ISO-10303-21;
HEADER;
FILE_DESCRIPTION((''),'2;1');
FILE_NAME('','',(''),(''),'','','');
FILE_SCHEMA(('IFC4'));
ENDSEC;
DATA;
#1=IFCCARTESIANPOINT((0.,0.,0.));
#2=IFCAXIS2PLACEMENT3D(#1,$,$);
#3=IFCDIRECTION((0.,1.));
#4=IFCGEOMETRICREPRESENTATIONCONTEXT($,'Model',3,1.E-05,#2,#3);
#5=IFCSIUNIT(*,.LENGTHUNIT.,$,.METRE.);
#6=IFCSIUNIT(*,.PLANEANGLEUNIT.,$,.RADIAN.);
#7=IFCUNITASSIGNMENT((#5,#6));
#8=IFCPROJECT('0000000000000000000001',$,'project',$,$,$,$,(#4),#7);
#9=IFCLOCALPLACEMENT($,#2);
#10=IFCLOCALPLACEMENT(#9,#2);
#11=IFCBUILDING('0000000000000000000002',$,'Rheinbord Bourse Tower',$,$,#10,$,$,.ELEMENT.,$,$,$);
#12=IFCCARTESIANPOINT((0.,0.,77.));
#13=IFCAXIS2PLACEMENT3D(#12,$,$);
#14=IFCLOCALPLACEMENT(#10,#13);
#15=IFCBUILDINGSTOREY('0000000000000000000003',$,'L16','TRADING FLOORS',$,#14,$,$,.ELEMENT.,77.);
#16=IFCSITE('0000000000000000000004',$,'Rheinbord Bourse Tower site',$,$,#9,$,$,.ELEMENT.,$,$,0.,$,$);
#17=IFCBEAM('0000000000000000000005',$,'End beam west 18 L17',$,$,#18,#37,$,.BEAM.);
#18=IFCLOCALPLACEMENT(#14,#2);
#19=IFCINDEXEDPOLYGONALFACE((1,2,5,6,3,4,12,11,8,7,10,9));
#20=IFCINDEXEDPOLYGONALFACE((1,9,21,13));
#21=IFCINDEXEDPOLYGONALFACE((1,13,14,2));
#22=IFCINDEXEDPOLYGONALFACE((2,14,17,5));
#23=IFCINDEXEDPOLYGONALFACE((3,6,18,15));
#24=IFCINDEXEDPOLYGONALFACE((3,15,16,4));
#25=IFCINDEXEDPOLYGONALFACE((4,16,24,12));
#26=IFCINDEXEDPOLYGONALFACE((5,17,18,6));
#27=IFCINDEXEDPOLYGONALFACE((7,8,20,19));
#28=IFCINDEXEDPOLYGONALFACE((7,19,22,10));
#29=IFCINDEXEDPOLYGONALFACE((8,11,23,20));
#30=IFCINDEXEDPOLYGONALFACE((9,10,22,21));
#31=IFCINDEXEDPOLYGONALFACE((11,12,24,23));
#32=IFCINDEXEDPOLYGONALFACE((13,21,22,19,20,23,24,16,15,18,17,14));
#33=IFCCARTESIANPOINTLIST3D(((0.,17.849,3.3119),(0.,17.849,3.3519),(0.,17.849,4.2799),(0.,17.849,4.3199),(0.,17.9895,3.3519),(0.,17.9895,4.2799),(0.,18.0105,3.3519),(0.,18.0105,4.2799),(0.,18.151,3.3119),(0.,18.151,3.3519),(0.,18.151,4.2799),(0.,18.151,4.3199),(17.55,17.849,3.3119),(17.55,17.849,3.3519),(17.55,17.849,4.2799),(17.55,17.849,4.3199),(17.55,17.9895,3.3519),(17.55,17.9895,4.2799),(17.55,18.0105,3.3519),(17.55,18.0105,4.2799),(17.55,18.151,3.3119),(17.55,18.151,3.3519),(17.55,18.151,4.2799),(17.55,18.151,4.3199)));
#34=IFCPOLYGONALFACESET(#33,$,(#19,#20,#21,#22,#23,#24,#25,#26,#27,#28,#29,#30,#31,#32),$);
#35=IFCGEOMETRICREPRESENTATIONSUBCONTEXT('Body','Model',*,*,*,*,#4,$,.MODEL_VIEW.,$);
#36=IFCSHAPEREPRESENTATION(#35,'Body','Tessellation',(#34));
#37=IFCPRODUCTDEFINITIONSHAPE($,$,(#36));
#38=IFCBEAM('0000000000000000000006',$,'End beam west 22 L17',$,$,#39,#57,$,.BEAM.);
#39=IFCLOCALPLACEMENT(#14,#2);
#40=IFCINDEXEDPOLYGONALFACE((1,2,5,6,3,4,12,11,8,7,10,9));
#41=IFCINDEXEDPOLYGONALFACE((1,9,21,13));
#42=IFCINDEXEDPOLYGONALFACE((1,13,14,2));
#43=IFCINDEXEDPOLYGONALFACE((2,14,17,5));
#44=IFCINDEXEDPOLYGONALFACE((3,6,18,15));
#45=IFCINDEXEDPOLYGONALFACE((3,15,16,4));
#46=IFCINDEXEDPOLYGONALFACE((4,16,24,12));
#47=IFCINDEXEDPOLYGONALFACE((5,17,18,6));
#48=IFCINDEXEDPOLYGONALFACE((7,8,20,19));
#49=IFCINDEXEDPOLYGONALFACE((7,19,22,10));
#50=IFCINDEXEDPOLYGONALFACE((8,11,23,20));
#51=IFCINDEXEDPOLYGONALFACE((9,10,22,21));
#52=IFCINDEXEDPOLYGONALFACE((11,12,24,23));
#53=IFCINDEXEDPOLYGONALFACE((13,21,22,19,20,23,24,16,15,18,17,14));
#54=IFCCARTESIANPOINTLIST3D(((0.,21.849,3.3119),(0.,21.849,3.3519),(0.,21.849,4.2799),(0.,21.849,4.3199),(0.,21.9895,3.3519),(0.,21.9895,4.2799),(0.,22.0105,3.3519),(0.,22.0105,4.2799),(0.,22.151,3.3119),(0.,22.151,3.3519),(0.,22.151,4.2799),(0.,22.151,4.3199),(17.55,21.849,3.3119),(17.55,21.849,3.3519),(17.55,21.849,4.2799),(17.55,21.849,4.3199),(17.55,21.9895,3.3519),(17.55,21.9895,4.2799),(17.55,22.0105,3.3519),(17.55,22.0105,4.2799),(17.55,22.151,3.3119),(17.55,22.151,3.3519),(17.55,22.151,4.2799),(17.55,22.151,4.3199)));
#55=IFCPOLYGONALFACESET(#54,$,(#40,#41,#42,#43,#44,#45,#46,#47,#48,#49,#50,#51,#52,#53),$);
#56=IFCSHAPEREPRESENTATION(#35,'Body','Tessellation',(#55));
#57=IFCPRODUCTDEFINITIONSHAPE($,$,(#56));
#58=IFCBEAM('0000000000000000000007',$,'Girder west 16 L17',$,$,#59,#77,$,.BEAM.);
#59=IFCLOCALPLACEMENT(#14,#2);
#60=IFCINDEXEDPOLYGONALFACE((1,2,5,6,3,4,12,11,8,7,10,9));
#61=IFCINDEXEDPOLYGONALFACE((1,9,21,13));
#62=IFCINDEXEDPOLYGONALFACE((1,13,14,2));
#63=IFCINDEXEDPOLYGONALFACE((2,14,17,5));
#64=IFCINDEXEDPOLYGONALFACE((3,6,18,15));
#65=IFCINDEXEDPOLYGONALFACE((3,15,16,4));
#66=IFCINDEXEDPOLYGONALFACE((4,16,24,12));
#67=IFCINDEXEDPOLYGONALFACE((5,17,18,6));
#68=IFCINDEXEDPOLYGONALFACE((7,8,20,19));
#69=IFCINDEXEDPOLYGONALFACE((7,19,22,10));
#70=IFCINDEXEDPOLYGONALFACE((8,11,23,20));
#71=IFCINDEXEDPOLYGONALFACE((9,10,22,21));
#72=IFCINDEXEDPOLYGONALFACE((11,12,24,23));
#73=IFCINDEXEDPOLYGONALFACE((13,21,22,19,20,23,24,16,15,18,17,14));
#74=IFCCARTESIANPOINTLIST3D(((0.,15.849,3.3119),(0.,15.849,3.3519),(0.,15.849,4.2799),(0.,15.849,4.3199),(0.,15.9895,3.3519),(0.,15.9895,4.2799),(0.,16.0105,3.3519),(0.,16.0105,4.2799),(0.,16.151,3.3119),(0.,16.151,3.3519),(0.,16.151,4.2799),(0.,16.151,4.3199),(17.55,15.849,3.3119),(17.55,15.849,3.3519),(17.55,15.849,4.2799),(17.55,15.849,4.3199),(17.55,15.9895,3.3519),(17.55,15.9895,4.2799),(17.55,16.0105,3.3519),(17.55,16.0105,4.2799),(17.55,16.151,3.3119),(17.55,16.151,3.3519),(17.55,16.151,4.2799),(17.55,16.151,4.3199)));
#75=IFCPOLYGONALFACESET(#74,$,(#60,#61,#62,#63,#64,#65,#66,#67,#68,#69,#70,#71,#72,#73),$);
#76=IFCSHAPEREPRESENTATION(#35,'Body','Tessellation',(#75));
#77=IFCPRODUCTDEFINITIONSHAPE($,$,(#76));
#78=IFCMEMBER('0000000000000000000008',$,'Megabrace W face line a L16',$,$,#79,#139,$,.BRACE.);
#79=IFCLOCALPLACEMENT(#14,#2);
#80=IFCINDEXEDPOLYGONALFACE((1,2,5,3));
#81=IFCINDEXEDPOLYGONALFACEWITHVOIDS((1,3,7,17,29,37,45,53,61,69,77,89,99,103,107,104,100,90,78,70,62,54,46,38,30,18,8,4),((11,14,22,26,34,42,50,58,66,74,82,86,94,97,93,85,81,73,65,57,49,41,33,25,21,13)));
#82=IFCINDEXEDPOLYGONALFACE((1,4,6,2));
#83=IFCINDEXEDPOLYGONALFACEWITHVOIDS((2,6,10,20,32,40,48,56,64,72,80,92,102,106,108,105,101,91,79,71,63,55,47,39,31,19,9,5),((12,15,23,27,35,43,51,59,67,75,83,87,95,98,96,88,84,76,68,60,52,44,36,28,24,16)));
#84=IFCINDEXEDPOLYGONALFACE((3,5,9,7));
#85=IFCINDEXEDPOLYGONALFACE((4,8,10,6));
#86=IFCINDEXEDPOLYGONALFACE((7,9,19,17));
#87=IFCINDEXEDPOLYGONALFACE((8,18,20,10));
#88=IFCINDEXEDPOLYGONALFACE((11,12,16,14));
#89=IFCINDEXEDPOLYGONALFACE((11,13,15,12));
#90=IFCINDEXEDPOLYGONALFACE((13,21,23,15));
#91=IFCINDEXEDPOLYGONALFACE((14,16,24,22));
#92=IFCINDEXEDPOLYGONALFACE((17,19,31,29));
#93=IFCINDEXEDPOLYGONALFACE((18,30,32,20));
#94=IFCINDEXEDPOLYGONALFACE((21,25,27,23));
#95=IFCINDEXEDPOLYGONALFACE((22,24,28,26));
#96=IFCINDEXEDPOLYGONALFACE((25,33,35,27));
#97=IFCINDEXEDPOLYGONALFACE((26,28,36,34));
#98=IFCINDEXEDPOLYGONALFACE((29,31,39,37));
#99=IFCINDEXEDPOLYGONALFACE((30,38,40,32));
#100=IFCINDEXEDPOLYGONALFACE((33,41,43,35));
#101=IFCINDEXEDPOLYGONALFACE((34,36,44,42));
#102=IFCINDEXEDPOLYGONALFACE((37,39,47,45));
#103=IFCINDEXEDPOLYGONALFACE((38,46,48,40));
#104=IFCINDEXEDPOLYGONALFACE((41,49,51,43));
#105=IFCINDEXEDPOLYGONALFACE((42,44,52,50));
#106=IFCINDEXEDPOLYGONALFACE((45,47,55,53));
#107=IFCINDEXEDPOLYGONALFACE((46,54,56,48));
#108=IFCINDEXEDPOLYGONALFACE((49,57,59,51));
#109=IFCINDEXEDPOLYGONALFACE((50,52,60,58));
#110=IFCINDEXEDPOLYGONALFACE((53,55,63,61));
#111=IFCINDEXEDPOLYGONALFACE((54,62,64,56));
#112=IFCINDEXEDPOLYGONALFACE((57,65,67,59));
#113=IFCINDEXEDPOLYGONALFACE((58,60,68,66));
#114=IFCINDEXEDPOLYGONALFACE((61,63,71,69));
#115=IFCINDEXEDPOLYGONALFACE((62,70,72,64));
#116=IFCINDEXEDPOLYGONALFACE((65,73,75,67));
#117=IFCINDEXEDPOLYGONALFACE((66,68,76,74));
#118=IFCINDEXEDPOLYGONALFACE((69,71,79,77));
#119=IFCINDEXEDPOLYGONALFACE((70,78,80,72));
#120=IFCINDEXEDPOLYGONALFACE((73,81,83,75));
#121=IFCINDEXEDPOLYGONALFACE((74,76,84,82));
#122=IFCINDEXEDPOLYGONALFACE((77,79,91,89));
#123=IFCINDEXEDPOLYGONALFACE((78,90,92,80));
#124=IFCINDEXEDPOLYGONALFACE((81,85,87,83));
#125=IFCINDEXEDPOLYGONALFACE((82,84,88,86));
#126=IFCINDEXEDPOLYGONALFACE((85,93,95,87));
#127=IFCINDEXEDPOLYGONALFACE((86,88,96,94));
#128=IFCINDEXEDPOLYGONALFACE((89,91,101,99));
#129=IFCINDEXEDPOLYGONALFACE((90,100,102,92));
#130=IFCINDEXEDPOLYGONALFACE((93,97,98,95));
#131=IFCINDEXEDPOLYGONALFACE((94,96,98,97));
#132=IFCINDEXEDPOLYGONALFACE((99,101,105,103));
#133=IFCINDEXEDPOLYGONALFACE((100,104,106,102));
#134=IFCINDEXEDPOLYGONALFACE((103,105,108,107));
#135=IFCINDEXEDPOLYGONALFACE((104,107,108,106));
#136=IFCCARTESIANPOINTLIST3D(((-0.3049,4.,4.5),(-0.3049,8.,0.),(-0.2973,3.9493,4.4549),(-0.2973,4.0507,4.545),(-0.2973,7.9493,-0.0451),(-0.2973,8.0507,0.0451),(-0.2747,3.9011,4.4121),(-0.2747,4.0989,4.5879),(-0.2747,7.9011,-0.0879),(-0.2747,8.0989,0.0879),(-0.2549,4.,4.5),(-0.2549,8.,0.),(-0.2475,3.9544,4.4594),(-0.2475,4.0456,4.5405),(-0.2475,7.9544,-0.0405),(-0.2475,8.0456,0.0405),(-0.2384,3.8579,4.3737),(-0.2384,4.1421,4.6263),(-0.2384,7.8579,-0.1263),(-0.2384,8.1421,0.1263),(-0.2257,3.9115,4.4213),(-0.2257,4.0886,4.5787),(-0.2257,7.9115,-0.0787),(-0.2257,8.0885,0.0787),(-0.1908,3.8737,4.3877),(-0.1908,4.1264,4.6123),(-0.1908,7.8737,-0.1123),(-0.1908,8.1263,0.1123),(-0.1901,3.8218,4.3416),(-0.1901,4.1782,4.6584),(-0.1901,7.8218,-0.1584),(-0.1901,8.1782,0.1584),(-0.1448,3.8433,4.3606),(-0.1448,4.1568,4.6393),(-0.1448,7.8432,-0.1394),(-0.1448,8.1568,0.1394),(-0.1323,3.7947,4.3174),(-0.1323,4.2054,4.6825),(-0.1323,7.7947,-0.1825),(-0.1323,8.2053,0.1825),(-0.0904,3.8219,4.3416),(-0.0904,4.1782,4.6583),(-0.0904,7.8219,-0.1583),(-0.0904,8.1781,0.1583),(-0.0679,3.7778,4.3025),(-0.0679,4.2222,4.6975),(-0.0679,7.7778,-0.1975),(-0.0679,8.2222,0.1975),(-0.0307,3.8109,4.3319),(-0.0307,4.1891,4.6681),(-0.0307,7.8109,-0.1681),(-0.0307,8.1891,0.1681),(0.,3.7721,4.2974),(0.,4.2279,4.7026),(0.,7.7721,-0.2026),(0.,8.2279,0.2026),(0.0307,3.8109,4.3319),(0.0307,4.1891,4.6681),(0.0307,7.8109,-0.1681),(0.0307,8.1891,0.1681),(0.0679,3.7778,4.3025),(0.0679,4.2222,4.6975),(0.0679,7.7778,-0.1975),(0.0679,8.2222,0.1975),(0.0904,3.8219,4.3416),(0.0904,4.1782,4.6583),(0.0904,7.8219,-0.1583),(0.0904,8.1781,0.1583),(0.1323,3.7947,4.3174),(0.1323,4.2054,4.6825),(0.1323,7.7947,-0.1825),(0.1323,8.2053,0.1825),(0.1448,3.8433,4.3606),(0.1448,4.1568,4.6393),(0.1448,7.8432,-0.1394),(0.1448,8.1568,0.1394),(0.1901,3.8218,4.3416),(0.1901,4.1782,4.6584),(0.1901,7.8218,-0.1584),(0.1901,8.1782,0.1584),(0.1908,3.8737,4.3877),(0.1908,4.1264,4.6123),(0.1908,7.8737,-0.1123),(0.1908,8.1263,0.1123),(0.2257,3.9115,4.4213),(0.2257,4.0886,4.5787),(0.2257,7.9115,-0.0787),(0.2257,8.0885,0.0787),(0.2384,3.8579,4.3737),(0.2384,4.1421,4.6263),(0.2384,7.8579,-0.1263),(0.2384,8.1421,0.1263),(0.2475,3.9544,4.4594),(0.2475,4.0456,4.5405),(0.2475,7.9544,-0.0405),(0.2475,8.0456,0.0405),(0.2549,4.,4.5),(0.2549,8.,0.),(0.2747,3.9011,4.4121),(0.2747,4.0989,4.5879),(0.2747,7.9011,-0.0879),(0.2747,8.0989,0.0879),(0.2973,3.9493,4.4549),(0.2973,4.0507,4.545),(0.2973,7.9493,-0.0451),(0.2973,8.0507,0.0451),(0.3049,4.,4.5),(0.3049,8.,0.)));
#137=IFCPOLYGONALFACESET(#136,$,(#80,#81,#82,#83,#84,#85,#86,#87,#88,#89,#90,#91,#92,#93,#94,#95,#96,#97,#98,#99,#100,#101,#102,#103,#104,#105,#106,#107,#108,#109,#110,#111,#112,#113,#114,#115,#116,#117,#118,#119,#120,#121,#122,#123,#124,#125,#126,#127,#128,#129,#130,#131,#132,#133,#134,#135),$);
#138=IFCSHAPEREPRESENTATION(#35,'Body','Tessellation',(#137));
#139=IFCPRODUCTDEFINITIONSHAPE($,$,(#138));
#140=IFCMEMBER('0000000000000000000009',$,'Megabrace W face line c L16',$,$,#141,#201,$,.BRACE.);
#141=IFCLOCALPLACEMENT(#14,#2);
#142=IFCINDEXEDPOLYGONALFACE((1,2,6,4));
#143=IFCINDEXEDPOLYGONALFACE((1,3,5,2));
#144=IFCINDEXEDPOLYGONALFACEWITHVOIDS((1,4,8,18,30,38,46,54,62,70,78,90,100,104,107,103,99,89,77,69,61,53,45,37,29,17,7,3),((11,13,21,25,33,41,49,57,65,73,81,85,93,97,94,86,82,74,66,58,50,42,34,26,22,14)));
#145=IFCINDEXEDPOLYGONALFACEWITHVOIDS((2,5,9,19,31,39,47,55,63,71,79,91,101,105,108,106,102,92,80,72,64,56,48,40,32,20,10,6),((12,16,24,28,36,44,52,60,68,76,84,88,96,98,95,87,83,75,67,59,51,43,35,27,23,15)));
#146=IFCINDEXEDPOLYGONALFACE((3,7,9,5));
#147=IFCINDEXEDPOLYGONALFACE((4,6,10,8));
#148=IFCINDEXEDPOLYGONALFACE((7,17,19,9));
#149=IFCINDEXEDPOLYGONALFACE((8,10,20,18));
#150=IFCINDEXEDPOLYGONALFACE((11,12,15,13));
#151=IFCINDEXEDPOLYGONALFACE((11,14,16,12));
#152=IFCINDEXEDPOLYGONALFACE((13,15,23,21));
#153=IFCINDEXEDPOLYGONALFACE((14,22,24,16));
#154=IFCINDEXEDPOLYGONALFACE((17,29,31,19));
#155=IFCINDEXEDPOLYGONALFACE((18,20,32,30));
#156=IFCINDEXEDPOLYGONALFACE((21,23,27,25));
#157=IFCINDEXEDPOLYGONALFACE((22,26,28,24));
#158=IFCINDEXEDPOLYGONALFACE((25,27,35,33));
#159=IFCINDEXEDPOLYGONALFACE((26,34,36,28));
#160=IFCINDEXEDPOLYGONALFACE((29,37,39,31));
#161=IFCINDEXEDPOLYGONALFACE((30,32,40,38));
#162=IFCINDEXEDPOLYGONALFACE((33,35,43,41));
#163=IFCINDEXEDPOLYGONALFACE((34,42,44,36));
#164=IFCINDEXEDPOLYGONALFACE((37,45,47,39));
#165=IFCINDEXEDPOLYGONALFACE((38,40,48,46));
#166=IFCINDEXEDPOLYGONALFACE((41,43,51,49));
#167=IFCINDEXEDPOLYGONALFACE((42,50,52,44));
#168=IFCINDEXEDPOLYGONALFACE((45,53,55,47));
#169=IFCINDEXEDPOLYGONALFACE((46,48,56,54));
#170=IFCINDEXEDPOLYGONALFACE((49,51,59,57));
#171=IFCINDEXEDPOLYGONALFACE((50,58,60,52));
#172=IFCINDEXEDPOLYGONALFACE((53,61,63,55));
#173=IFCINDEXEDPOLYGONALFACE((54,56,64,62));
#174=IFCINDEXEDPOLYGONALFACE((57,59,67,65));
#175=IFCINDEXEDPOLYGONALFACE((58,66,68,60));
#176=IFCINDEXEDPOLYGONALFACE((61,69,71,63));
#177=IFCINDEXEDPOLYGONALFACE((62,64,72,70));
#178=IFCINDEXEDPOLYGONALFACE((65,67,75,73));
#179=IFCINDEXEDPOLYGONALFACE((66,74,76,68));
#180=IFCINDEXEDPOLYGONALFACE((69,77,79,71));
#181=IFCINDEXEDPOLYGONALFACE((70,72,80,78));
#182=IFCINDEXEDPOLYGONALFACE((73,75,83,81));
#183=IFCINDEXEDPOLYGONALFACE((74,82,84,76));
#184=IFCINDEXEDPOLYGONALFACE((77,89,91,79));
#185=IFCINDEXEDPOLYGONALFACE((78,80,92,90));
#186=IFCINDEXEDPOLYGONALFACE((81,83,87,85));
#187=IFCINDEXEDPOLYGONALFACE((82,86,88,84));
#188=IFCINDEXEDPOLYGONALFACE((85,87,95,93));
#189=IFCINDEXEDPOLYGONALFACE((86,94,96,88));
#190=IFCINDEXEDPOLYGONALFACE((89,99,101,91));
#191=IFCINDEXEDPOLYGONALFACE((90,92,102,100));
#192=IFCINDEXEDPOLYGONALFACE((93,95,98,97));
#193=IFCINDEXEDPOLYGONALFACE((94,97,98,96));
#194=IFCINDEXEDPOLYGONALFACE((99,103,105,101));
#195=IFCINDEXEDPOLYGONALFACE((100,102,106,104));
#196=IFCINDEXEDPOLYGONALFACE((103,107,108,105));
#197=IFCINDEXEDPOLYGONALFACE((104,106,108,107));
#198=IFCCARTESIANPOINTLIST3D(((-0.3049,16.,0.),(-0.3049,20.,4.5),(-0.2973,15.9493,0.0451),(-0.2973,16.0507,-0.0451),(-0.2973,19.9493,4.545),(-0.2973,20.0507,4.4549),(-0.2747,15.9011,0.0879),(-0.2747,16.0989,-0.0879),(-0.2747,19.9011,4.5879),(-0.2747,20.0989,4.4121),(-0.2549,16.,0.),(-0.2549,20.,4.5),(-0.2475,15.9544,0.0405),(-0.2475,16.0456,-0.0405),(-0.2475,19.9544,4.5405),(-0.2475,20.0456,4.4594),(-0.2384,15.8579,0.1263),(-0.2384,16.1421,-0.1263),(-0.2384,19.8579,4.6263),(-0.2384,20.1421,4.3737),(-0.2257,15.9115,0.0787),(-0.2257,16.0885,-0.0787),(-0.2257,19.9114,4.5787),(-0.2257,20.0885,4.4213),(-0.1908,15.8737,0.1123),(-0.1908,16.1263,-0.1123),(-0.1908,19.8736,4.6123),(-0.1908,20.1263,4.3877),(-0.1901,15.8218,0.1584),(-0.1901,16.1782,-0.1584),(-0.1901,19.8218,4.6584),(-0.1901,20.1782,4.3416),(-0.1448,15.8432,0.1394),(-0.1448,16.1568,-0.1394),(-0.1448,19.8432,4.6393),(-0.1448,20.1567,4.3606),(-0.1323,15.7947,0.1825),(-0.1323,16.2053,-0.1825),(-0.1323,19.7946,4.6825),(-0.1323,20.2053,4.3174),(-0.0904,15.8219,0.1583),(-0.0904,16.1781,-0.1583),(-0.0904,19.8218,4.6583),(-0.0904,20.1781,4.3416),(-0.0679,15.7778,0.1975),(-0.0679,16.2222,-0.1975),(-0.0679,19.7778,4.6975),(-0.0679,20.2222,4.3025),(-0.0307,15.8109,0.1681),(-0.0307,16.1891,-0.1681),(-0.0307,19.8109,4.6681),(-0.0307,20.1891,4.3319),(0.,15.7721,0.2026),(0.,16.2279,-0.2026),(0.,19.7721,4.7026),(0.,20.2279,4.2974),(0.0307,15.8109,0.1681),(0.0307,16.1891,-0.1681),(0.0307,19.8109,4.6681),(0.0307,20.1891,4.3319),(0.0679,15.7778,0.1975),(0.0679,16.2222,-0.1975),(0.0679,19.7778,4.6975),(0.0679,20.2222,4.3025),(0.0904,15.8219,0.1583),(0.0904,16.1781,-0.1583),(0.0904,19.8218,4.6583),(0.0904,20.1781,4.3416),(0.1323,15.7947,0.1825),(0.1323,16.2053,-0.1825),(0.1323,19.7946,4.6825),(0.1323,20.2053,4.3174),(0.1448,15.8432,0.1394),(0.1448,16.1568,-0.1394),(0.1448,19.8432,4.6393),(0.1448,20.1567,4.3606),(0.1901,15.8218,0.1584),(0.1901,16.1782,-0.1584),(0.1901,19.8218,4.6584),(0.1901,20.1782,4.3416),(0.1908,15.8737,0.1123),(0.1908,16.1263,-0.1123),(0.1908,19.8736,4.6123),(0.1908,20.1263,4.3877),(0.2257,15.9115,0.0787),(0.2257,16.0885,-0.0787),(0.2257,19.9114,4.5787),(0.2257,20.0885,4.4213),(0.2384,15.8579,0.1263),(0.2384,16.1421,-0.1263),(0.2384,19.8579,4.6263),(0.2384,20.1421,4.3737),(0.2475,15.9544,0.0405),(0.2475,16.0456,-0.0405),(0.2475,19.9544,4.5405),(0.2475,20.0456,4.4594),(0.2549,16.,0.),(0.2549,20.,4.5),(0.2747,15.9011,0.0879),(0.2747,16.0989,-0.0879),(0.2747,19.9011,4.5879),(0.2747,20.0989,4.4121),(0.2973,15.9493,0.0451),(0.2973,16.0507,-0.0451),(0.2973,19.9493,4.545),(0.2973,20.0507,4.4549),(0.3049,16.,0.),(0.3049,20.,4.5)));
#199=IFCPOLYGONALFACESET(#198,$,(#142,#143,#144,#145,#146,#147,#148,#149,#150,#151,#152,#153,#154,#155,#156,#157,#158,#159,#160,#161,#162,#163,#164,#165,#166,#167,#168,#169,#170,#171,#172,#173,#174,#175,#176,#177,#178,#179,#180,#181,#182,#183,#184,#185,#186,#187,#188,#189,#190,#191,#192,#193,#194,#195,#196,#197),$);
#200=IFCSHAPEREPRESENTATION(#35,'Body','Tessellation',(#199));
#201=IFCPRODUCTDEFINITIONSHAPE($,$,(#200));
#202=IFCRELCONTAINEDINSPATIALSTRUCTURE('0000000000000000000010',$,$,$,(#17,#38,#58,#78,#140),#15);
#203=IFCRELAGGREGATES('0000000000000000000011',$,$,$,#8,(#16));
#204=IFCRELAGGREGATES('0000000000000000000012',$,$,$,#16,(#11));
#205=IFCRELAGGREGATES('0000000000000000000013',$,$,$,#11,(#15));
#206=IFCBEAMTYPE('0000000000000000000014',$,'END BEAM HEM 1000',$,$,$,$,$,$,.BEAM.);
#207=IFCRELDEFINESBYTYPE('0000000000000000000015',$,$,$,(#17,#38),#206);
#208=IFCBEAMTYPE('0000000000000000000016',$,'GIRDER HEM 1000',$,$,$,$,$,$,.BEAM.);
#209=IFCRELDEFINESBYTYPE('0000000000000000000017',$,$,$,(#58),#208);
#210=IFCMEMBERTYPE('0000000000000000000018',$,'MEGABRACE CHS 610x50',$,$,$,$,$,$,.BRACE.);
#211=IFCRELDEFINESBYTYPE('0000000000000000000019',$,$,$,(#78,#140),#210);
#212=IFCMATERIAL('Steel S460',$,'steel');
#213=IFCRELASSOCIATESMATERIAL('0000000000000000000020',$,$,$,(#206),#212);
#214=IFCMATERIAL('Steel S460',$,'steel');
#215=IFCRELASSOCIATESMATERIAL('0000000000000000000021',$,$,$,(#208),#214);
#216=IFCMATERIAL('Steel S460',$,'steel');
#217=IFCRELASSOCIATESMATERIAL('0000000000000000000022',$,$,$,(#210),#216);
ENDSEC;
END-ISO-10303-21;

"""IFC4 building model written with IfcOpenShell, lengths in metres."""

from ifc_helpers import new_model, si_unit, direction, frame, origin, origin_2d, place, context, subcontext, project, spatial, hollow_circle, i_section, extrude, material, material_profile, profile_set, type_object, element, save


model = new_model("IFC4")

# Units and contexts
model_context = context("Model", 3, precision=1e-05, world=origin(), true_north=direction((0.0, 1.0)))
body_context = subcontext(model_context, "Body", "Model", "MODEL_VIEW")
ifc_project = project(units=[si_unit("LENGTHUNIT", "METRE"), si_unit("PLANEANGLEUNIT", "RADIAN")], contexts=[model_context])

# Site, building, storey
site_placement = place(None, origin())
site = spatial("IfcSite", under=ifc_project, at=site_placement, Name="Rheinbord Bourse Tower site", CompositionType="ELEMENT", RefElevation=0.0)
building_placement = place(site_placement, origin())
building = spatial("IfcBuilding", under=site, at=building_placement, Name="Rheinbord Bourse Tower", CompositionType="ELEMENT")
storey_placement = place(building_placement, frame((0.0, 0.0, 77.0)))
storey = spatial("IfcBuildingStorey", under=building, at=storey_placement, Name="L16", Description="TRADING FLOORS", CompositionType="ELEMENT", Elevation=77.0)

# Beams
ifc_material_1 = material(Name="Steel S460", Category="steel")
ifc_material_profile_1 = material_profile(ifc_material_1, i_section(OverallWidth=0.302, OverallDepth=1.0081, WebThickness=0.021, FlangeThickness=0.04, at=origin_2d()), Name="HEM 1000")
ifc_profile_set_1 = profile_set([ifc_material_profile_1], Name="Steel S460")
beam_type_1 = type_object("IfcBeamType", Name="END BEAM HEM 1000", PredefinedType="BEAM", material=ifc_profile_set_1)
for number, where, z_axis, x_axis, name in (
    (1, (0.0, 18.0, 3.8159), (1.0, 0.0, 0.0), (0.0, 1.0, 0.0), "End beam west 18 L17"),
    (2, (0.0, 22.0, 3.8159), (1.0, 0.0, 0.0), (0.0, 1.0, 0.0), "End beam west 22 L17"),
):
    element("IfcBeam", number, at=place(storey_placement, frame(where, z_axis=z_axis, x_axis=x_axis)), inside=storey, type_object=beam_type_1, Name=name, PredefinedType="BEAM", context=body_context, shape_type="SweptSolid", body=[
        extrude(i_section(OverallWidth=0.302, OverallDepth=1.0081, WebThickness=0.021, FlangeThickness=0.04, at=origin_2d()), origin(), (0.0, 0.0, 1.0), 17.55),
    ])
ifc_material_2 = material(Name="Steel S460", Category="steel")
ifc_material_profile_2 = material_profile(ifc_material_2, i_section(OverallWidth=0.302, OverallDepth=1.0081, WebThickness=0.021, FlangeThickness=0.04, at=origin_2d()), Name="HEM 1000")
ifc_profile_set_2 = profile_set([ifc_material_profile_2], Name="Steel S460")
beam_type_2 = type_object("IfcBeamType", Name="GIRDER HEM 1000", PredefinedType="BEAM", material=ifc_profile_set_2)
beam_1_placement = place(storey_placement, frame((0.0, 16.0, 3.8159), z_axis=(1.0, 0.0, 0.0), x_axis=(0.0, 1.0, 0.0)))
element("IfcBeam", 3, at=beam_1_placement, inside=storey, type_object=beam_type_2, Name="Girder west 16 L17", PredefinedType="BEAM", context=body_context, shape_type="SweptSolid", body=[
    extrude(i_section(OverallWidth=0.302, OverallDepth=1.0081, WebThickness=0.021, FlangeThickness=0.04, at=origin_2d()), origin(), (0.0, 0.0, 1.0), 17.55),
])

# Members
ifc_material_3 = material(Name="Steel S460", Category="steel")
ifc_material_profile_3 = material_profile(ifc_material_3, hollow_circle(Radius=0.3049, WallThickness=0.05, at=origin_2d()), Name="CHS 610x50")
ifc_profile_set_3 = profile_set([ifc_material_profile_3], Name="Steel S460")
member_type_1 = type_object("IfcMemberType", Name="MEGABRACE CHS 610x50", PredefinedType="BRACE", material=ifc_profile_set_3)
for number, where, z_axis, x_axis, name in (
    (4, (0.0, 8.0, 0.0), (0.0, -0.664364, 0.747409), (1.0, 0.0, 0.0), "Megabrace W face line a L16"),
    (5, (0.0, 16.0, 0.0), (0.0, 0.664364, 0.747409), (-1.0, 0.0, 0.0), "Megabrace W face line c L16"),
):
    element("IfcMember", number, at=place(storey_placement, frame(where, z_axis=z_axis, x_axis=x_axis)), inside=storey, type_object=member_type_1, Name=name, PredefinedType="BRACE", context=body_context, shape_type="SweptSolid", body=[
        extrude(hollow_circle(Radius=0.3049, WallThickness=0.05, at=origin_2d()), origin(), (0.0, 0.0, 1.0), 6.0208),
    ])

save(model, "model.ifc")
